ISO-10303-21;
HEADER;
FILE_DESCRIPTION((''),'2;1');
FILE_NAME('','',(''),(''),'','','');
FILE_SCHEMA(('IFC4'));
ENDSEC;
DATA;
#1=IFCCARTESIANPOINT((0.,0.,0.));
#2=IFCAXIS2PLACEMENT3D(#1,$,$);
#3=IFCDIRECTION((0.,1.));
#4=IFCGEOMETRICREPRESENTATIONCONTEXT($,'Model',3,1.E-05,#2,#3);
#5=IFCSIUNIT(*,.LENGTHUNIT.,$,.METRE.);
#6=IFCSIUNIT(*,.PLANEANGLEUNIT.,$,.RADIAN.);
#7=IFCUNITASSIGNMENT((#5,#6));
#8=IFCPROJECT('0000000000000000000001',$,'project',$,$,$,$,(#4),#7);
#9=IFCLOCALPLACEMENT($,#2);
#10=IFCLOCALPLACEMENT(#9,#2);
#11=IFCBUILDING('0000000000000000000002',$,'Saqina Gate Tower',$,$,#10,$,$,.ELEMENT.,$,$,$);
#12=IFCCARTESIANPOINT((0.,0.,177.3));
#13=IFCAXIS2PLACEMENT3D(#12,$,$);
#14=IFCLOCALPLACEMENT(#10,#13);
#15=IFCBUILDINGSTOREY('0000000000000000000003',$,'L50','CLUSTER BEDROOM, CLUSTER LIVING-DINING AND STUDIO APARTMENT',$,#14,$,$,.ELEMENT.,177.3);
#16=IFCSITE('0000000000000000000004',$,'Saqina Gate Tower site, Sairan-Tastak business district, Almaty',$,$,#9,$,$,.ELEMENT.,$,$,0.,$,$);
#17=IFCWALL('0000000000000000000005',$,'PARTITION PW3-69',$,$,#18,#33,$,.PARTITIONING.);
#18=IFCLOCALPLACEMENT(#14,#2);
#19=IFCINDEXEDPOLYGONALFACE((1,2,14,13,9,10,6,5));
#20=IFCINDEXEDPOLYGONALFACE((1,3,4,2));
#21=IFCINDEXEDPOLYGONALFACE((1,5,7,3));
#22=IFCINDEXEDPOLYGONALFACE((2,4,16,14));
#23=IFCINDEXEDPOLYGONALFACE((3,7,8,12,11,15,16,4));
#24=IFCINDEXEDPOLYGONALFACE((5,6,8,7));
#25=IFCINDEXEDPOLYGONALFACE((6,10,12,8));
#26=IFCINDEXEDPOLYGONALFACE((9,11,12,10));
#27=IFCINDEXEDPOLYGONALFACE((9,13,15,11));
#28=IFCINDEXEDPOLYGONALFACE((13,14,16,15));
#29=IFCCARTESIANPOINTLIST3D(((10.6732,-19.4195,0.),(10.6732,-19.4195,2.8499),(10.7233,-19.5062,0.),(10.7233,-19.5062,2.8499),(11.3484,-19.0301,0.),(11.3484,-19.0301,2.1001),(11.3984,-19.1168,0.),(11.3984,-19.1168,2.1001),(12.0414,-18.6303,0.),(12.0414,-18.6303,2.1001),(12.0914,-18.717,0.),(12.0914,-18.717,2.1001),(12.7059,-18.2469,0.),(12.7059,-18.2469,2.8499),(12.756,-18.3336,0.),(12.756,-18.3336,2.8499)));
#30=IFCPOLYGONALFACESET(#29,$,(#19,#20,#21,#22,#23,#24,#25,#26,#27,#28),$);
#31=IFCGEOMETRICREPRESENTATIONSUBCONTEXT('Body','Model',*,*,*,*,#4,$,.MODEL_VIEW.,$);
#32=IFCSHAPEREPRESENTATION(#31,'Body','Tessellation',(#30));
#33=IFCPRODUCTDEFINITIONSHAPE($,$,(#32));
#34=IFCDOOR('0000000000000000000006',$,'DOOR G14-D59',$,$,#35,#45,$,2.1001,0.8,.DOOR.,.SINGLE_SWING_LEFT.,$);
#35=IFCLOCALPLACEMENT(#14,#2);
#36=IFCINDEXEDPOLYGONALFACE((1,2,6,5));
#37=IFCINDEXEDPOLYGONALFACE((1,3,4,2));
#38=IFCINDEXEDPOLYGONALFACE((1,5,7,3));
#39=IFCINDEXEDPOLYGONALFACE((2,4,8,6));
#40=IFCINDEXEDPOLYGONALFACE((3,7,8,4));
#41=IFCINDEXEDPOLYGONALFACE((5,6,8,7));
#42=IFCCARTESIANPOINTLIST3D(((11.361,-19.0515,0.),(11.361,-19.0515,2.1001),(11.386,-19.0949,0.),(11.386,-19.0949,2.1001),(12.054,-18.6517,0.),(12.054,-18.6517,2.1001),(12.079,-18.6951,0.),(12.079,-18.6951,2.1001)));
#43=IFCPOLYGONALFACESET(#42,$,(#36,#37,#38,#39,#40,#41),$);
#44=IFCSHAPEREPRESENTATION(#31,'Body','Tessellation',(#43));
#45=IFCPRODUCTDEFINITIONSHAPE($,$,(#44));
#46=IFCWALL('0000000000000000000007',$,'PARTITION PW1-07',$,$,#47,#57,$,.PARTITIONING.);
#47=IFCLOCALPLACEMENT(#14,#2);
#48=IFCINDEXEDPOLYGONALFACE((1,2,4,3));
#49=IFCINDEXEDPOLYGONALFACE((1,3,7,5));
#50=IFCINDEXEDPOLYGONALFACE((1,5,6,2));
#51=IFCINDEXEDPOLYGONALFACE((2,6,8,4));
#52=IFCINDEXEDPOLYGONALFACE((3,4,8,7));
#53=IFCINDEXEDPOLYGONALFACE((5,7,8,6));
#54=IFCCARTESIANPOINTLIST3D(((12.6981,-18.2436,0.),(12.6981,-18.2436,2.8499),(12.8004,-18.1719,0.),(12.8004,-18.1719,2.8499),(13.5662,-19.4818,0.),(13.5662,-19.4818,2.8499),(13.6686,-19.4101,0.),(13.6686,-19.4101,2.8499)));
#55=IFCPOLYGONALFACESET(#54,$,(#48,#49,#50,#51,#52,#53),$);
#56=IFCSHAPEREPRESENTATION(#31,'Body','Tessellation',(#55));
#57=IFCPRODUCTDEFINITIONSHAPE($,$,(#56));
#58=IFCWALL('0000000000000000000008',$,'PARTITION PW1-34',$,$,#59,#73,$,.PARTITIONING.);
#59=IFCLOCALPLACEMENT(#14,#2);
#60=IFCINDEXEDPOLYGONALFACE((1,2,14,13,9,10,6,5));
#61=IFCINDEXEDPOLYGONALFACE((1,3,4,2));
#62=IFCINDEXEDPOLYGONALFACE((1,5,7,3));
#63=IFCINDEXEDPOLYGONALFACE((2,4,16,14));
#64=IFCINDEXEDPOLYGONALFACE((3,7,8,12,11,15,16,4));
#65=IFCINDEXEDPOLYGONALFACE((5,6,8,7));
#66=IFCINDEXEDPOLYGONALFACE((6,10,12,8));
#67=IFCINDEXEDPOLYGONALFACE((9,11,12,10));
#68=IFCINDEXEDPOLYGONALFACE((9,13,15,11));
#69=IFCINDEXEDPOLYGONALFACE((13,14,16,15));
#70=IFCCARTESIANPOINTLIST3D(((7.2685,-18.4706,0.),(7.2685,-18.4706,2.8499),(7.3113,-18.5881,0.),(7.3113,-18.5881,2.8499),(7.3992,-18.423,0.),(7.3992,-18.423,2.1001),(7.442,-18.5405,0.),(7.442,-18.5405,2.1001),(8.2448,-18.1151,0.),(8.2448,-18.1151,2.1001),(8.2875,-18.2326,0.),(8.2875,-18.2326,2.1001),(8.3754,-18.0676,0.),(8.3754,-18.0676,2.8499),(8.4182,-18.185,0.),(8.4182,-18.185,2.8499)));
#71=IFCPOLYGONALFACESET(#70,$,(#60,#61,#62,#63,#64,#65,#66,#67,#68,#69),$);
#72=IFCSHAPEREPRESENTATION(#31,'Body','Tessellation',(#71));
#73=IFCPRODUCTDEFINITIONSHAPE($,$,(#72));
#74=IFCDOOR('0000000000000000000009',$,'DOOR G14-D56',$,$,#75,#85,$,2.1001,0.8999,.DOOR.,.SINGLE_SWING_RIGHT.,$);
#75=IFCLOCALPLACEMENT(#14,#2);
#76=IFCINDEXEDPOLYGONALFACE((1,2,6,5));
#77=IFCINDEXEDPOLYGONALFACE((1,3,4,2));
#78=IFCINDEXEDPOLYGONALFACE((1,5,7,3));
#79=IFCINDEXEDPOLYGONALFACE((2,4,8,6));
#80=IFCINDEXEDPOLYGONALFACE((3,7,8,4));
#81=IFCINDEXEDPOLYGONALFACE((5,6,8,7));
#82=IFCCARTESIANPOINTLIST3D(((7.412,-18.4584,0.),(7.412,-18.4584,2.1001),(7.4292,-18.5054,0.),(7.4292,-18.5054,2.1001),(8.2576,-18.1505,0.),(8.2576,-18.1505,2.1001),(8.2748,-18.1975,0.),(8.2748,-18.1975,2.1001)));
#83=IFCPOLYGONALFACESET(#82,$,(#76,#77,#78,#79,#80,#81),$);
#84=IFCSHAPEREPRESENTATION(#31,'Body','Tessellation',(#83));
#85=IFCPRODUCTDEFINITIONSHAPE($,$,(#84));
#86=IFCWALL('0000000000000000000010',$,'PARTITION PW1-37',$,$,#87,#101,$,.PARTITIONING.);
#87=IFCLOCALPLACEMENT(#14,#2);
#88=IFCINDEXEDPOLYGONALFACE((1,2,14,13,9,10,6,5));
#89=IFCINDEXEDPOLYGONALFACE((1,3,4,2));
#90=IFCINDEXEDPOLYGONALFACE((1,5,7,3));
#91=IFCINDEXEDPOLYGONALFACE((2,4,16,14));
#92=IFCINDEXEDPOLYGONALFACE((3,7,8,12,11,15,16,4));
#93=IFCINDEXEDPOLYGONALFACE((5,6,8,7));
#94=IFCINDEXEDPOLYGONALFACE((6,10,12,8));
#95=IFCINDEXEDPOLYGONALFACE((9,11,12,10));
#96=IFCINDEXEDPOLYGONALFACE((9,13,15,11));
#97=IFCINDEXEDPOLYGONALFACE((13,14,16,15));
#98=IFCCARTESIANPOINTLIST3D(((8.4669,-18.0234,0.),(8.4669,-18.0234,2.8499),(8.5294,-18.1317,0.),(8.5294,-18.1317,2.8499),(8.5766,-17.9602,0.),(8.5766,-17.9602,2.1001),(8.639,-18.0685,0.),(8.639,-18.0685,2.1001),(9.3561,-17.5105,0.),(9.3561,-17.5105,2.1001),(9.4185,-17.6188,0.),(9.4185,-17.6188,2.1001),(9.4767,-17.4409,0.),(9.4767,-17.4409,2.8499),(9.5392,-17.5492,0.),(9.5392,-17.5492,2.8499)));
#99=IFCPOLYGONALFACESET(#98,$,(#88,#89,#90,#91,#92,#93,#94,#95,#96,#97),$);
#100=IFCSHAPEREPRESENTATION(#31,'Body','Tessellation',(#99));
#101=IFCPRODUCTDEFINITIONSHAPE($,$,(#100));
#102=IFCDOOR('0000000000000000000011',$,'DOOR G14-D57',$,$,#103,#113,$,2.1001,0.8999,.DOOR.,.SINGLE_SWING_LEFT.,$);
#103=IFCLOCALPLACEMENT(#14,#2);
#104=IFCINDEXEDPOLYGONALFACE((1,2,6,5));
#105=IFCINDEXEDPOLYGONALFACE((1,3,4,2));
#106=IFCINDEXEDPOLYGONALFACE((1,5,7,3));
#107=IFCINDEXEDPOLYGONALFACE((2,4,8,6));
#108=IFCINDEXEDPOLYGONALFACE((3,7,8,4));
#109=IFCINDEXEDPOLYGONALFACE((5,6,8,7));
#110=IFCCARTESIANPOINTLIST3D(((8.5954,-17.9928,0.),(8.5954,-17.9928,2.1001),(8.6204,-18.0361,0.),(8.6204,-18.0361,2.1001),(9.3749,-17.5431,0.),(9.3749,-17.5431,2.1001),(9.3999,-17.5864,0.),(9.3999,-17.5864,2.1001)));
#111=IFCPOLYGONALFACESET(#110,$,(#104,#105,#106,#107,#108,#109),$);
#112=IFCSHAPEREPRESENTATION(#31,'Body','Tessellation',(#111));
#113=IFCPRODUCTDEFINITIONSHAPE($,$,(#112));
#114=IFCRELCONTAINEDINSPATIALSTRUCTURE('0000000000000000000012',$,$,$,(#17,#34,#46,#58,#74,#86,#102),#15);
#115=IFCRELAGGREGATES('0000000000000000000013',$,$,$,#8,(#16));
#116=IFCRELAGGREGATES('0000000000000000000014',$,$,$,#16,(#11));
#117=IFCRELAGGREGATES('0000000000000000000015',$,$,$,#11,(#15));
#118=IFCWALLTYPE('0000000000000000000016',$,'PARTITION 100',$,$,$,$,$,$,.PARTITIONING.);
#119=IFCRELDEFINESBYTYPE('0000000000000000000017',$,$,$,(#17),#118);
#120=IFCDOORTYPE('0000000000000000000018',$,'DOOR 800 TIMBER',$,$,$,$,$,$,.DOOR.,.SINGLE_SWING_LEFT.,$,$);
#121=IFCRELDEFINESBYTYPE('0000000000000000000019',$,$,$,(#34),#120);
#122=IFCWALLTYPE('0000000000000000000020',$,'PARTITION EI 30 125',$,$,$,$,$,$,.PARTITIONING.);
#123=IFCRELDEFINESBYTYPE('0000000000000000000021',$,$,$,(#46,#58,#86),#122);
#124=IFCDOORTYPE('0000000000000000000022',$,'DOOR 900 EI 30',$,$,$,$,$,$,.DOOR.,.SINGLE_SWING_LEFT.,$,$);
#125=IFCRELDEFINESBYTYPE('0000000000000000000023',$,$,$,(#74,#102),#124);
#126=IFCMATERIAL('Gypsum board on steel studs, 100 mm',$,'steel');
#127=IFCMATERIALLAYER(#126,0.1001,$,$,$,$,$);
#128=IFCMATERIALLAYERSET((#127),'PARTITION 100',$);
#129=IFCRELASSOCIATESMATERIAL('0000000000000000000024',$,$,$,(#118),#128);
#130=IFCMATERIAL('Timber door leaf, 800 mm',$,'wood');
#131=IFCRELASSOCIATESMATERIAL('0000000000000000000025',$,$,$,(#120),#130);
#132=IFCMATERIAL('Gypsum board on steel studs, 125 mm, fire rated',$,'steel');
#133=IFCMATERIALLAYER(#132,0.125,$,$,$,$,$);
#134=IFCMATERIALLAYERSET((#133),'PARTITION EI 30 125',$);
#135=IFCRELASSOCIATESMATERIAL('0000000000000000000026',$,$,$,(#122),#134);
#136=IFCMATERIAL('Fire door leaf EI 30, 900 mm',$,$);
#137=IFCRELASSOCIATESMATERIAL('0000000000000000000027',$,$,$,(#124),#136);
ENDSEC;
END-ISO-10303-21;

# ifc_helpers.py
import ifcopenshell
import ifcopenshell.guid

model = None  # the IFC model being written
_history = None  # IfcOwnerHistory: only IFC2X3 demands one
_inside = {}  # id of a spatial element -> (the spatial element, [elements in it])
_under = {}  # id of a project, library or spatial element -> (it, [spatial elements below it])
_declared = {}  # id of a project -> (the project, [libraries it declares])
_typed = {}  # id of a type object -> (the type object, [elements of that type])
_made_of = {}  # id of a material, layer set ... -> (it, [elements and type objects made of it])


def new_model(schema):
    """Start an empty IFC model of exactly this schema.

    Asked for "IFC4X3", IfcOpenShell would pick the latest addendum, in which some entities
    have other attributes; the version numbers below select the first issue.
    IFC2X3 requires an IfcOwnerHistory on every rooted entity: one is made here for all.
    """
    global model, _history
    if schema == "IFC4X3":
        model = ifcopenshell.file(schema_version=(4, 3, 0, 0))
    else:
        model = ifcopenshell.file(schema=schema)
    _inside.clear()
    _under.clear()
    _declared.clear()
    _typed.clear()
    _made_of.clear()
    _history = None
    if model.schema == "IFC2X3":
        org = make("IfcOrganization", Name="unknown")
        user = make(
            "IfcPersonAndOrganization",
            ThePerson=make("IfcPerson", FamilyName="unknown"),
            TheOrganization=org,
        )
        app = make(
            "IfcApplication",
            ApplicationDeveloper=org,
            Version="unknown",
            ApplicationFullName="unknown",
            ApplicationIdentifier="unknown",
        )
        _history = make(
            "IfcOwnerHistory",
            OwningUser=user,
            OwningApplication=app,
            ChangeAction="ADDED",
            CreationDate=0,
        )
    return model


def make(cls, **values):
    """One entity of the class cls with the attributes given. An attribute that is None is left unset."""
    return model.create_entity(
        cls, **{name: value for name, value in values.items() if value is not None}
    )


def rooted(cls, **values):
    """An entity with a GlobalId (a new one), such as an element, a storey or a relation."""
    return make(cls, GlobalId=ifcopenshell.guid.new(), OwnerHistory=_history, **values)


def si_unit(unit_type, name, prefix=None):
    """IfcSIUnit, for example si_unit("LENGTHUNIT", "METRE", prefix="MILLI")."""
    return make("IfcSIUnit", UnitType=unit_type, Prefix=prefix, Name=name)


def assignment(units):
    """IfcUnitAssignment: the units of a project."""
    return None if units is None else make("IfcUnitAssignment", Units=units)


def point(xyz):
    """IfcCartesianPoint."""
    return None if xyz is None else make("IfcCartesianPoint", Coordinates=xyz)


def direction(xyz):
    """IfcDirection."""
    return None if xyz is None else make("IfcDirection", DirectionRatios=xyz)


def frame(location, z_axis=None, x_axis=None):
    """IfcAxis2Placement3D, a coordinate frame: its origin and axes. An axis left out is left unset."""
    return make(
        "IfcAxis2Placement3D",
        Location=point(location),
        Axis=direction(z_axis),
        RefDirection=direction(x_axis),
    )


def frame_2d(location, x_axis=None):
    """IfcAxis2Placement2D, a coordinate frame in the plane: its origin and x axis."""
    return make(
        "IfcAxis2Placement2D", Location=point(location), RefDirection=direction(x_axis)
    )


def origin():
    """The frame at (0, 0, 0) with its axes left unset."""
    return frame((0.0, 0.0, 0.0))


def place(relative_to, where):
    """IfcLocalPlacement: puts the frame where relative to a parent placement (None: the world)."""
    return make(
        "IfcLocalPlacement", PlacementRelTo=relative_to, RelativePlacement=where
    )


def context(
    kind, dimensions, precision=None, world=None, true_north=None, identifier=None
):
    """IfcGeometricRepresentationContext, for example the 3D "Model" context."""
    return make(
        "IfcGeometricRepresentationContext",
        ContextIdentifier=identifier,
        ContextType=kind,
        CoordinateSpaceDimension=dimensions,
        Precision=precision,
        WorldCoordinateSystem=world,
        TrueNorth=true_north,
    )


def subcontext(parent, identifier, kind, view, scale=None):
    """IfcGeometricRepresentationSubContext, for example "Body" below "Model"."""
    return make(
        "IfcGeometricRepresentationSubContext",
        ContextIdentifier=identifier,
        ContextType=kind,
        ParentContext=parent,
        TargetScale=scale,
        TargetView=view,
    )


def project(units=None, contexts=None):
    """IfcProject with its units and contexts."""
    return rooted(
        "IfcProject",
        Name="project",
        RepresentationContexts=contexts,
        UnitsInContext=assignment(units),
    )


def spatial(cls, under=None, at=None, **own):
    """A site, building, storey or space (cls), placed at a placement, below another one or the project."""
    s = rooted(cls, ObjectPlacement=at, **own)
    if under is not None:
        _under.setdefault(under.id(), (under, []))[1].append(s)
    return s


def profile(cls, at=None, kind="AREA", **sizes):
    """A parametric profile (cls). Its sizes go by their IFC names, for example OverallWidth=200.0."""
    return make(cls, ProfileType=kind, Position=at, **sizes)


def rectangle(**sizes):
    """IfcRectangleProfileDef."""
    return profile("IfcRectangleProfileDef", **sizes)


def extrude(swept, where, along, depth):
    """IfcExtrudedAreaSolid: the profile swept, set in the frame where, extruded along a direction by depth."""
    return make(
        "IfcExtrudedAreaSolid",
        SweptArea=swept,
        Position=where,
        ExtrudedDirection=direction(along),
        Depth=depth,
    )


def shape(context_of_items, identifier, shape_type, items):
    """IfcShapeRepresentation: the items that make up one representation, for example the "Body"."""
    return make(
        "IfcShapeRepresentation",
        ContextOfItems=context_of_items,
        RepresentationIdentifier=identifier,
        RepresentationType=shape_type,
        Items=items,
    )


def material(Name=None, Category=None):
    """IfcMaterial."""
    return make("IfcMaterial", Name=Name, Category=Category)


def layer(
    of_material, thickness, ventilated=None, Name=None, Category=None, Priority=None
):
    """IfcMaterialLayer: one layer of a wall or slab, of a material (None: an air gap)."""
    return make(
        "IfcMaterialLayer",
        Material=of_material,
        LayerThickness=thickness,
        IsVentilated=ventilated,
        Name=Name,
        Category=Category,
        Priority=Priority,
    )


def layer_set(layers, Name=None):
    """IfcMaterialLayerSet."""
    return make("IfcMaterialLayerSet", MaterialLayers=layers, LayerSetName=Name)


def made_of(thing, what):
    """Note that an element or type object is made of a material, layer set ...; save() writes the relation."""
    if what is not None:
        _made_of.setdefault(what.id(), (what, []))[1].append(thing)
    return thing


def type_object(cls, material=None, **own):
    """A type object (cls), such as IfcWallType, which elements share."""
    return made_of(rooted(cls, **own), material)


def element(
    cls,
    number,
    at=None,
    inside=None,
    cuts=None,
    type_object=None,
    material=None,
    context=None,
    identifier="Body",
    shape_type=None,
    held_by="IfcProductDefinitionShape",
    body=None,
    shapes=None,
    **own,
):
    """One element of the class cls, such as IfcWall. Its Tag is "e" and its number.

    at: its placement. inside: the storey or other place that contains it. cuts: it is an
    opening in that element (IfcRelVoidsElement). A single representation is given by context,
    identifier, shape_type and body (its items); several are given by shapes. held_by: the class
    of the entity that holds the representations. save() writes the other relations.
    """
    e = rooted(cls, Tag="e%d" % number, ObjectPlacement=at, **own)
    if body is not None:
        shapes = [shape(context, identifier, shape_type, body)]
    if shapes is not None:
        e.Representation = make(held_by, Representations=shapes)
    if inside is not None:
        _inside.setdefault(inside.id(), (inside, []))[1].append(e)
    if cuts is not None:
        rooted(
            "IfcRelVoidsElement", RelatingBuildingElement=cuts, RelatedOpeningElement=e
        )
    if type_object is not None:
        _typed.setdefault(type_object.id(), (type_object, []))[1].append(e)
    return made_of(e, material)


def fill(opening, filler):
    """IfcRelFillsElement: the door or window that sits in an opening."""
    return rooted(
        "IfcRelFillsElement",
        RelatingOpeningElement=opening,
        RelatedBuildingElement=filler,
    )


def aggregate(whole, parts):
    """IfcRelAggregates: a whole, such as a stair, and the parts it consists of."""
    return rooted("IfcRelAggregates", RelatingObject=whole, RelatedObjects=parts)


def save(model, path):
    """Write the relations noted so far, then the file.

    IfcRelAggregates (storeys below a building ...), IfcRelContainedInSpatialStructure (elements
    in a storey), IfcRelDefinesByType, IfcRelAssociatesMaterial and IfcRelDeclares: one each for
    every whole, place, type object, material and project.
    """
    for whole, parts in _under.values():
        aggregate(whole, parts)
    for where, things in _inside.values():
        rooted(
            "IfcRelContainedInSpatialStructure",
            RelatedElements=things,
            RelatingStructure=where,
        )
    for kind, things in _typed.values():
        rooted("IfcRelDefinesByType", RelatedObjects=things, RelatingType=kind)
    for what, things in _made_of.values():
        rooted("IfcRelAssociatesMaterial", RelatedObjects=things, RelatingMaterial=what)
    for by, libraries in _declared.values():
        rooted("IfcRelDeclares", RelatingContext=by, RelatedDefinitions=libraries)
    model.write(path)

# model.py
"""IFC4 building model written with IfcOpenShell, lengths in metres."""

from ifc_helpers import new_model, si_unit, direction, frame, frame_2d, origin, place, context, subcontext, project, spatial, rectangle, extrude, material, layer, layer_set, type_object, element, fill, save


model = new_model("IFC4")

# Units and contexts
model_context = context("Model", 3, precision=1e-05, world=origin(), true_north=direction((0.0, 1.0)))
body_context = subcontext(model_context, "Body", "Model", "MODEL_VIEW")
ifc_project = project(units=[si_unit("LENGTHUNIT", "METRE"), si_unit("PLANEANGLEUNIT", "RADIAN")], contexts=[model_context])

# Site, building, storey
site_placement = place(None, origin())
site = spatial("IfcSite", under=ifc_project, at=site_placement, Name="Saqina Gate Tower site, Sairan-Tastak business district, Almaty", CompositionType="ELEMENT", RefElevation=0.0)
building_placement = place(site_placement, origin())
building = spatial("IfcBuilding", under=site, at=building_placement, Name="Saqina Gate Tower", CompositionType="ELEMENT")
storey_placement = place(building_placement, frame((0.0, 0.0, 177.3)))
storey = spatial("IfcBuildingStorey", under=building, at=storey_placement, Name="L50", Description="CLUSTER BEDROOM, CLUSTER LIVING-DINING AND STUDIO APARTMENT", CompositionType="ELEMENT", Elevation=177.3)

# Shared definitions
ifc_material_1 = material(Name="Gypsum board on steel studs, 100 mm", Category="steel")
ifc_layer_1 = layer(ifc_material_1, 0.1001)
ifc_layer_set_1 = layer_set([ifc_layer_1], Name="PARTITION 100")
wall_type_1 = type_object("IfcWallType", Name="PARTITION 100", PredefinedType="PARTITIONING", material=ifc_layer_set_1)

# Shared definitions
ifc_material_2 = material(Name="Timber door leaf, 800 mm", Category="wood")
door_type_1 = type_object("IfcDoorType", Name="DOOR 800 TIMBER", OperationType="SINGLE_SWING_LEFT", PredefinedType="DOOR", material=ifc_material_2)

# Wall, opening, door
wall_1_placement = place(storey_placement, frame((10.6982, -19.4629, 0.0), z_axis=(0.0, 0.0, 1.0), x_axis=(0.866206, 0.499686, 0.0)))
wall_1 = element("IfcWall", 1, at=wall_1_placement, inside=storey, type_object=wall_type_1, Name="PARTITION PW3-69", PredefinedType="PARTITIONING", context=body_context, shape_type="SweptSolid", body=[
    extrude(rectangle(XDim=2.3467, YDim=0.1001, at=frame_2d((1.1733, 0.0))), origin(), (0.0, 0.0, 1.0), 2.8499),
])
opening_1_placement = place(wall_1_placement, frame((0.7795, 0.0, 0.0)))
opening_1 = element("IfcOpeningElement", 2, at=opening_1_placement, cuts=wall_1, PredefinedType="OPENING", context=body_context, shape_type="SweptSolid", body=[
    extrude(rectangle(XDim=0.8, YDim=2.1001, at=frame_2d((0.3999, 1.05))), frame((0.0, 0.062, 0.0), z_axis=(0.0, -1.0, 0.0), x_axis=(1.0, 0.0, 0.0)), (0.0, 0.0, 1.0), 0.124),
])
door_1_placement = place(opening_1_placement, frame((0.8, 0.0, 0.0), z_axis=(0.0, 0.0, 1.0), x_axis=(-1.0, 0.0, 0.0)))
door_1 = element("IfcDoor", 3, at=door_1_placement, inside=storey, type_object=door_type_1, Name="DOOR G14-D59", OperationType="SINGLE_SWING_LEFT", OverallHeight=2.1001, OverallWidth=0.8, PredefinedType="DOOR", context=body_context, shape_type="SweptSolid", body=[
    extrude(rectangle(XDim=0.8, YDim=2.1001, at=frame_2d((0.3999, 1.05))), frame((0.0, 0.0249, 0.0), z_axis=(0.0, -1.0, 0.0), x_axis=(1.0, 0.0, 0.0)), (0.0, 0.0, 1.0), 0.05),
])
fill(opening_1, door_1)

# Wall
ifc_material_3 = material(Name="Gypsum board on steel studs, 125 mm, fire rated", Category="steel")
ifc_layer_2 = layer(ifc_material_3, 0.125)
ifc_layer_set_2 = layer_set([ifc_layer_2], Name="PARTITION EI 30 125")
wall_type_2 = type_object("IfcWallType", Name="PARTITION EI 30 125", PredefinedType="PARTITIONING", material=ifc_layer_set_2)
wall_2_placement = place(storey_placement, frame((12.7493, -18.2078, 0.0), z_axis=(0.0, 0.0, 1.0), x_axis=(0.574069, -0.818807, 0.0)))
element("IfcWall", 4, at=wall_2_placement, inside=storey, type_object=wall_type_2, Name="PARTITION PW1-07", PredefinedType="PARTITIONING", context=body_context, shape_type="SweptSolid", body=[
    extrude(rectangle(XDim=1.5122, YDim=0.125, at=frame_2d((0.7561, 0.0))), origin(), (0.0, 0.0, 1.0), 2.8499),
])

# Walls, openings, doors
wall_3_placement = place(storey_placement, frame((7.29, -18.5293, 0.0), z_axis=(0.0, 0.0, 1.0), x_axis=(0.939642, 0.342159, 0.0)))
wall_3 = element("IfcWall", 5, at=wall_3_placement, inside=storey, type_object=wall_type_2, Name="PARTITION PW1-34", PredefinedType="PARTITIONING", context=body_context, shape_type="SweptSolid", body=[
    extrude(rectangle(XDim=1.178, YDim=0.125, at=frame_2d((0.5889, 0.0))), origin(), (0.0, 0.0, 1.0), 2.8499),
])
opening_2_placement = place(wall_3_placement, frame((0.1389, 0.0, 0.0)))
opening_2 = element("IfcOpeningElement", 6, at=opening_2_placement, cuts=wall_3, PredefinedType="OPENING", context=body_context, shape_type="SweptSolid", body=[
    extrude(rectangle(XDim=0.8999, YDim=2.1001, at=frame_2d((0.45, 1.05))), frame((0.0, 0.0745, 0.0), z_axis=(0.0, -1.0, 0.0), x_axis=(1.0, 0.0, 0.0)), (0.0, 0.0, 1.0), 0.1489),
])
ifc_material_4 = material(Name="Fire door leaf EI 30, 900 mm")
door_type_2 = type_object("IfcDoorType", Name="DOOR 900 EI 30", OperationType="SINGLE_SWING_LEFT", PredefinedType="DOOR", material=ifc_material_4)
door_2_placement = place(opening_2_placement, origin())
door_2 = element("IfcDoor", 7, at=door_2_placement, inside=storey, type_object=door_type_2, Name="DOOR G14-D56", OperationType="SINGLE_SWING_RIGHT", OverallHeight=2.1001, OverallWidth=0.8999, PredefinedType="DOOR", context=body_context, shape_type="SweptSolid", body=[
    extrude(rectangle(XDim=0.8999, YDim=2.1001, at=frame_2d((0.45, 1.05))), frame((0.0, 0.0249, 0.0), z_axis=(0.0, -1.0, 0.0), x_axis=(1.0, 0.0, 0.0)), (0.0, 0.0, 1.0), 0.05),
])
fill(opening_2, door_2)
wall_4_placement = place(storey_placement, frame((8.498, -18.0776, 0.0), z_axis=(0.0, 0.0, 1.0), x_axis=(0.8662, 0.499698, 0.0)))
wall_4 = element("IfcWall", 8, at=wall_4_placement, inside=storey, type_object=wall_type_2, Name="PARTITION PW1-37", PredefinedType="PARTITIONING", context=body_context, shape_type="SweptSolid", body=[
    extrude(rectangle(XDim=1.1658, YDim=0.125, at=frame_2d((0.583, 0.0))), origin(), (0.0, 0.0, 1.0), 2.8499),
])
opening_3_placement = place(wall_4_placement, frame((0.1267, 0.0, 0.0)))
opening_3 = element("IfcOpeningElement", 9, at=opening_3_placement, cuts=wall_4, PredefinedType="OPENING", context=body_context, shape_type="SweptSolid", body=[
    extrude(rectangle(XDim=0.8999, YDim=2.1001, at=frame_2d((0.45, 1.05))), frame((0.0, 0.0745, 0.0), z_axis=(0.0, -1.0, 0.0), x_axis=(1.0, 0.0, 0.0)), (0.0, 0.0, 1.0), 0.1489),
])
door_3_placement = place(opening_3_placement, origin())
door_3 = element("IfcDoor", 10, at=door_3_placement, inside=storey, type_object=door_type_2, Name="DOOR G14-D57", OperationType="SINGLE_SWING_LEFT", OverallHeight=2.1001, OverallWidth=0.8999, PredefinedType="DOOR", context=body_context, shape_type="SweptSolid", body=[
    extrude(rectangle(XDim=0.8999, YDim=2.1001, at=frame_2d((0.45, 1.05))), frame((0.0, 0.0249, 0.0), z_axis=(0.0, -1.0, 0.0), x_axis=(1.0, 0.0, 0.0)), (0.0, 0.0, 1.0), 0.05),
])
fill(opening_3, door_3)

save(model, "model.ifc")
